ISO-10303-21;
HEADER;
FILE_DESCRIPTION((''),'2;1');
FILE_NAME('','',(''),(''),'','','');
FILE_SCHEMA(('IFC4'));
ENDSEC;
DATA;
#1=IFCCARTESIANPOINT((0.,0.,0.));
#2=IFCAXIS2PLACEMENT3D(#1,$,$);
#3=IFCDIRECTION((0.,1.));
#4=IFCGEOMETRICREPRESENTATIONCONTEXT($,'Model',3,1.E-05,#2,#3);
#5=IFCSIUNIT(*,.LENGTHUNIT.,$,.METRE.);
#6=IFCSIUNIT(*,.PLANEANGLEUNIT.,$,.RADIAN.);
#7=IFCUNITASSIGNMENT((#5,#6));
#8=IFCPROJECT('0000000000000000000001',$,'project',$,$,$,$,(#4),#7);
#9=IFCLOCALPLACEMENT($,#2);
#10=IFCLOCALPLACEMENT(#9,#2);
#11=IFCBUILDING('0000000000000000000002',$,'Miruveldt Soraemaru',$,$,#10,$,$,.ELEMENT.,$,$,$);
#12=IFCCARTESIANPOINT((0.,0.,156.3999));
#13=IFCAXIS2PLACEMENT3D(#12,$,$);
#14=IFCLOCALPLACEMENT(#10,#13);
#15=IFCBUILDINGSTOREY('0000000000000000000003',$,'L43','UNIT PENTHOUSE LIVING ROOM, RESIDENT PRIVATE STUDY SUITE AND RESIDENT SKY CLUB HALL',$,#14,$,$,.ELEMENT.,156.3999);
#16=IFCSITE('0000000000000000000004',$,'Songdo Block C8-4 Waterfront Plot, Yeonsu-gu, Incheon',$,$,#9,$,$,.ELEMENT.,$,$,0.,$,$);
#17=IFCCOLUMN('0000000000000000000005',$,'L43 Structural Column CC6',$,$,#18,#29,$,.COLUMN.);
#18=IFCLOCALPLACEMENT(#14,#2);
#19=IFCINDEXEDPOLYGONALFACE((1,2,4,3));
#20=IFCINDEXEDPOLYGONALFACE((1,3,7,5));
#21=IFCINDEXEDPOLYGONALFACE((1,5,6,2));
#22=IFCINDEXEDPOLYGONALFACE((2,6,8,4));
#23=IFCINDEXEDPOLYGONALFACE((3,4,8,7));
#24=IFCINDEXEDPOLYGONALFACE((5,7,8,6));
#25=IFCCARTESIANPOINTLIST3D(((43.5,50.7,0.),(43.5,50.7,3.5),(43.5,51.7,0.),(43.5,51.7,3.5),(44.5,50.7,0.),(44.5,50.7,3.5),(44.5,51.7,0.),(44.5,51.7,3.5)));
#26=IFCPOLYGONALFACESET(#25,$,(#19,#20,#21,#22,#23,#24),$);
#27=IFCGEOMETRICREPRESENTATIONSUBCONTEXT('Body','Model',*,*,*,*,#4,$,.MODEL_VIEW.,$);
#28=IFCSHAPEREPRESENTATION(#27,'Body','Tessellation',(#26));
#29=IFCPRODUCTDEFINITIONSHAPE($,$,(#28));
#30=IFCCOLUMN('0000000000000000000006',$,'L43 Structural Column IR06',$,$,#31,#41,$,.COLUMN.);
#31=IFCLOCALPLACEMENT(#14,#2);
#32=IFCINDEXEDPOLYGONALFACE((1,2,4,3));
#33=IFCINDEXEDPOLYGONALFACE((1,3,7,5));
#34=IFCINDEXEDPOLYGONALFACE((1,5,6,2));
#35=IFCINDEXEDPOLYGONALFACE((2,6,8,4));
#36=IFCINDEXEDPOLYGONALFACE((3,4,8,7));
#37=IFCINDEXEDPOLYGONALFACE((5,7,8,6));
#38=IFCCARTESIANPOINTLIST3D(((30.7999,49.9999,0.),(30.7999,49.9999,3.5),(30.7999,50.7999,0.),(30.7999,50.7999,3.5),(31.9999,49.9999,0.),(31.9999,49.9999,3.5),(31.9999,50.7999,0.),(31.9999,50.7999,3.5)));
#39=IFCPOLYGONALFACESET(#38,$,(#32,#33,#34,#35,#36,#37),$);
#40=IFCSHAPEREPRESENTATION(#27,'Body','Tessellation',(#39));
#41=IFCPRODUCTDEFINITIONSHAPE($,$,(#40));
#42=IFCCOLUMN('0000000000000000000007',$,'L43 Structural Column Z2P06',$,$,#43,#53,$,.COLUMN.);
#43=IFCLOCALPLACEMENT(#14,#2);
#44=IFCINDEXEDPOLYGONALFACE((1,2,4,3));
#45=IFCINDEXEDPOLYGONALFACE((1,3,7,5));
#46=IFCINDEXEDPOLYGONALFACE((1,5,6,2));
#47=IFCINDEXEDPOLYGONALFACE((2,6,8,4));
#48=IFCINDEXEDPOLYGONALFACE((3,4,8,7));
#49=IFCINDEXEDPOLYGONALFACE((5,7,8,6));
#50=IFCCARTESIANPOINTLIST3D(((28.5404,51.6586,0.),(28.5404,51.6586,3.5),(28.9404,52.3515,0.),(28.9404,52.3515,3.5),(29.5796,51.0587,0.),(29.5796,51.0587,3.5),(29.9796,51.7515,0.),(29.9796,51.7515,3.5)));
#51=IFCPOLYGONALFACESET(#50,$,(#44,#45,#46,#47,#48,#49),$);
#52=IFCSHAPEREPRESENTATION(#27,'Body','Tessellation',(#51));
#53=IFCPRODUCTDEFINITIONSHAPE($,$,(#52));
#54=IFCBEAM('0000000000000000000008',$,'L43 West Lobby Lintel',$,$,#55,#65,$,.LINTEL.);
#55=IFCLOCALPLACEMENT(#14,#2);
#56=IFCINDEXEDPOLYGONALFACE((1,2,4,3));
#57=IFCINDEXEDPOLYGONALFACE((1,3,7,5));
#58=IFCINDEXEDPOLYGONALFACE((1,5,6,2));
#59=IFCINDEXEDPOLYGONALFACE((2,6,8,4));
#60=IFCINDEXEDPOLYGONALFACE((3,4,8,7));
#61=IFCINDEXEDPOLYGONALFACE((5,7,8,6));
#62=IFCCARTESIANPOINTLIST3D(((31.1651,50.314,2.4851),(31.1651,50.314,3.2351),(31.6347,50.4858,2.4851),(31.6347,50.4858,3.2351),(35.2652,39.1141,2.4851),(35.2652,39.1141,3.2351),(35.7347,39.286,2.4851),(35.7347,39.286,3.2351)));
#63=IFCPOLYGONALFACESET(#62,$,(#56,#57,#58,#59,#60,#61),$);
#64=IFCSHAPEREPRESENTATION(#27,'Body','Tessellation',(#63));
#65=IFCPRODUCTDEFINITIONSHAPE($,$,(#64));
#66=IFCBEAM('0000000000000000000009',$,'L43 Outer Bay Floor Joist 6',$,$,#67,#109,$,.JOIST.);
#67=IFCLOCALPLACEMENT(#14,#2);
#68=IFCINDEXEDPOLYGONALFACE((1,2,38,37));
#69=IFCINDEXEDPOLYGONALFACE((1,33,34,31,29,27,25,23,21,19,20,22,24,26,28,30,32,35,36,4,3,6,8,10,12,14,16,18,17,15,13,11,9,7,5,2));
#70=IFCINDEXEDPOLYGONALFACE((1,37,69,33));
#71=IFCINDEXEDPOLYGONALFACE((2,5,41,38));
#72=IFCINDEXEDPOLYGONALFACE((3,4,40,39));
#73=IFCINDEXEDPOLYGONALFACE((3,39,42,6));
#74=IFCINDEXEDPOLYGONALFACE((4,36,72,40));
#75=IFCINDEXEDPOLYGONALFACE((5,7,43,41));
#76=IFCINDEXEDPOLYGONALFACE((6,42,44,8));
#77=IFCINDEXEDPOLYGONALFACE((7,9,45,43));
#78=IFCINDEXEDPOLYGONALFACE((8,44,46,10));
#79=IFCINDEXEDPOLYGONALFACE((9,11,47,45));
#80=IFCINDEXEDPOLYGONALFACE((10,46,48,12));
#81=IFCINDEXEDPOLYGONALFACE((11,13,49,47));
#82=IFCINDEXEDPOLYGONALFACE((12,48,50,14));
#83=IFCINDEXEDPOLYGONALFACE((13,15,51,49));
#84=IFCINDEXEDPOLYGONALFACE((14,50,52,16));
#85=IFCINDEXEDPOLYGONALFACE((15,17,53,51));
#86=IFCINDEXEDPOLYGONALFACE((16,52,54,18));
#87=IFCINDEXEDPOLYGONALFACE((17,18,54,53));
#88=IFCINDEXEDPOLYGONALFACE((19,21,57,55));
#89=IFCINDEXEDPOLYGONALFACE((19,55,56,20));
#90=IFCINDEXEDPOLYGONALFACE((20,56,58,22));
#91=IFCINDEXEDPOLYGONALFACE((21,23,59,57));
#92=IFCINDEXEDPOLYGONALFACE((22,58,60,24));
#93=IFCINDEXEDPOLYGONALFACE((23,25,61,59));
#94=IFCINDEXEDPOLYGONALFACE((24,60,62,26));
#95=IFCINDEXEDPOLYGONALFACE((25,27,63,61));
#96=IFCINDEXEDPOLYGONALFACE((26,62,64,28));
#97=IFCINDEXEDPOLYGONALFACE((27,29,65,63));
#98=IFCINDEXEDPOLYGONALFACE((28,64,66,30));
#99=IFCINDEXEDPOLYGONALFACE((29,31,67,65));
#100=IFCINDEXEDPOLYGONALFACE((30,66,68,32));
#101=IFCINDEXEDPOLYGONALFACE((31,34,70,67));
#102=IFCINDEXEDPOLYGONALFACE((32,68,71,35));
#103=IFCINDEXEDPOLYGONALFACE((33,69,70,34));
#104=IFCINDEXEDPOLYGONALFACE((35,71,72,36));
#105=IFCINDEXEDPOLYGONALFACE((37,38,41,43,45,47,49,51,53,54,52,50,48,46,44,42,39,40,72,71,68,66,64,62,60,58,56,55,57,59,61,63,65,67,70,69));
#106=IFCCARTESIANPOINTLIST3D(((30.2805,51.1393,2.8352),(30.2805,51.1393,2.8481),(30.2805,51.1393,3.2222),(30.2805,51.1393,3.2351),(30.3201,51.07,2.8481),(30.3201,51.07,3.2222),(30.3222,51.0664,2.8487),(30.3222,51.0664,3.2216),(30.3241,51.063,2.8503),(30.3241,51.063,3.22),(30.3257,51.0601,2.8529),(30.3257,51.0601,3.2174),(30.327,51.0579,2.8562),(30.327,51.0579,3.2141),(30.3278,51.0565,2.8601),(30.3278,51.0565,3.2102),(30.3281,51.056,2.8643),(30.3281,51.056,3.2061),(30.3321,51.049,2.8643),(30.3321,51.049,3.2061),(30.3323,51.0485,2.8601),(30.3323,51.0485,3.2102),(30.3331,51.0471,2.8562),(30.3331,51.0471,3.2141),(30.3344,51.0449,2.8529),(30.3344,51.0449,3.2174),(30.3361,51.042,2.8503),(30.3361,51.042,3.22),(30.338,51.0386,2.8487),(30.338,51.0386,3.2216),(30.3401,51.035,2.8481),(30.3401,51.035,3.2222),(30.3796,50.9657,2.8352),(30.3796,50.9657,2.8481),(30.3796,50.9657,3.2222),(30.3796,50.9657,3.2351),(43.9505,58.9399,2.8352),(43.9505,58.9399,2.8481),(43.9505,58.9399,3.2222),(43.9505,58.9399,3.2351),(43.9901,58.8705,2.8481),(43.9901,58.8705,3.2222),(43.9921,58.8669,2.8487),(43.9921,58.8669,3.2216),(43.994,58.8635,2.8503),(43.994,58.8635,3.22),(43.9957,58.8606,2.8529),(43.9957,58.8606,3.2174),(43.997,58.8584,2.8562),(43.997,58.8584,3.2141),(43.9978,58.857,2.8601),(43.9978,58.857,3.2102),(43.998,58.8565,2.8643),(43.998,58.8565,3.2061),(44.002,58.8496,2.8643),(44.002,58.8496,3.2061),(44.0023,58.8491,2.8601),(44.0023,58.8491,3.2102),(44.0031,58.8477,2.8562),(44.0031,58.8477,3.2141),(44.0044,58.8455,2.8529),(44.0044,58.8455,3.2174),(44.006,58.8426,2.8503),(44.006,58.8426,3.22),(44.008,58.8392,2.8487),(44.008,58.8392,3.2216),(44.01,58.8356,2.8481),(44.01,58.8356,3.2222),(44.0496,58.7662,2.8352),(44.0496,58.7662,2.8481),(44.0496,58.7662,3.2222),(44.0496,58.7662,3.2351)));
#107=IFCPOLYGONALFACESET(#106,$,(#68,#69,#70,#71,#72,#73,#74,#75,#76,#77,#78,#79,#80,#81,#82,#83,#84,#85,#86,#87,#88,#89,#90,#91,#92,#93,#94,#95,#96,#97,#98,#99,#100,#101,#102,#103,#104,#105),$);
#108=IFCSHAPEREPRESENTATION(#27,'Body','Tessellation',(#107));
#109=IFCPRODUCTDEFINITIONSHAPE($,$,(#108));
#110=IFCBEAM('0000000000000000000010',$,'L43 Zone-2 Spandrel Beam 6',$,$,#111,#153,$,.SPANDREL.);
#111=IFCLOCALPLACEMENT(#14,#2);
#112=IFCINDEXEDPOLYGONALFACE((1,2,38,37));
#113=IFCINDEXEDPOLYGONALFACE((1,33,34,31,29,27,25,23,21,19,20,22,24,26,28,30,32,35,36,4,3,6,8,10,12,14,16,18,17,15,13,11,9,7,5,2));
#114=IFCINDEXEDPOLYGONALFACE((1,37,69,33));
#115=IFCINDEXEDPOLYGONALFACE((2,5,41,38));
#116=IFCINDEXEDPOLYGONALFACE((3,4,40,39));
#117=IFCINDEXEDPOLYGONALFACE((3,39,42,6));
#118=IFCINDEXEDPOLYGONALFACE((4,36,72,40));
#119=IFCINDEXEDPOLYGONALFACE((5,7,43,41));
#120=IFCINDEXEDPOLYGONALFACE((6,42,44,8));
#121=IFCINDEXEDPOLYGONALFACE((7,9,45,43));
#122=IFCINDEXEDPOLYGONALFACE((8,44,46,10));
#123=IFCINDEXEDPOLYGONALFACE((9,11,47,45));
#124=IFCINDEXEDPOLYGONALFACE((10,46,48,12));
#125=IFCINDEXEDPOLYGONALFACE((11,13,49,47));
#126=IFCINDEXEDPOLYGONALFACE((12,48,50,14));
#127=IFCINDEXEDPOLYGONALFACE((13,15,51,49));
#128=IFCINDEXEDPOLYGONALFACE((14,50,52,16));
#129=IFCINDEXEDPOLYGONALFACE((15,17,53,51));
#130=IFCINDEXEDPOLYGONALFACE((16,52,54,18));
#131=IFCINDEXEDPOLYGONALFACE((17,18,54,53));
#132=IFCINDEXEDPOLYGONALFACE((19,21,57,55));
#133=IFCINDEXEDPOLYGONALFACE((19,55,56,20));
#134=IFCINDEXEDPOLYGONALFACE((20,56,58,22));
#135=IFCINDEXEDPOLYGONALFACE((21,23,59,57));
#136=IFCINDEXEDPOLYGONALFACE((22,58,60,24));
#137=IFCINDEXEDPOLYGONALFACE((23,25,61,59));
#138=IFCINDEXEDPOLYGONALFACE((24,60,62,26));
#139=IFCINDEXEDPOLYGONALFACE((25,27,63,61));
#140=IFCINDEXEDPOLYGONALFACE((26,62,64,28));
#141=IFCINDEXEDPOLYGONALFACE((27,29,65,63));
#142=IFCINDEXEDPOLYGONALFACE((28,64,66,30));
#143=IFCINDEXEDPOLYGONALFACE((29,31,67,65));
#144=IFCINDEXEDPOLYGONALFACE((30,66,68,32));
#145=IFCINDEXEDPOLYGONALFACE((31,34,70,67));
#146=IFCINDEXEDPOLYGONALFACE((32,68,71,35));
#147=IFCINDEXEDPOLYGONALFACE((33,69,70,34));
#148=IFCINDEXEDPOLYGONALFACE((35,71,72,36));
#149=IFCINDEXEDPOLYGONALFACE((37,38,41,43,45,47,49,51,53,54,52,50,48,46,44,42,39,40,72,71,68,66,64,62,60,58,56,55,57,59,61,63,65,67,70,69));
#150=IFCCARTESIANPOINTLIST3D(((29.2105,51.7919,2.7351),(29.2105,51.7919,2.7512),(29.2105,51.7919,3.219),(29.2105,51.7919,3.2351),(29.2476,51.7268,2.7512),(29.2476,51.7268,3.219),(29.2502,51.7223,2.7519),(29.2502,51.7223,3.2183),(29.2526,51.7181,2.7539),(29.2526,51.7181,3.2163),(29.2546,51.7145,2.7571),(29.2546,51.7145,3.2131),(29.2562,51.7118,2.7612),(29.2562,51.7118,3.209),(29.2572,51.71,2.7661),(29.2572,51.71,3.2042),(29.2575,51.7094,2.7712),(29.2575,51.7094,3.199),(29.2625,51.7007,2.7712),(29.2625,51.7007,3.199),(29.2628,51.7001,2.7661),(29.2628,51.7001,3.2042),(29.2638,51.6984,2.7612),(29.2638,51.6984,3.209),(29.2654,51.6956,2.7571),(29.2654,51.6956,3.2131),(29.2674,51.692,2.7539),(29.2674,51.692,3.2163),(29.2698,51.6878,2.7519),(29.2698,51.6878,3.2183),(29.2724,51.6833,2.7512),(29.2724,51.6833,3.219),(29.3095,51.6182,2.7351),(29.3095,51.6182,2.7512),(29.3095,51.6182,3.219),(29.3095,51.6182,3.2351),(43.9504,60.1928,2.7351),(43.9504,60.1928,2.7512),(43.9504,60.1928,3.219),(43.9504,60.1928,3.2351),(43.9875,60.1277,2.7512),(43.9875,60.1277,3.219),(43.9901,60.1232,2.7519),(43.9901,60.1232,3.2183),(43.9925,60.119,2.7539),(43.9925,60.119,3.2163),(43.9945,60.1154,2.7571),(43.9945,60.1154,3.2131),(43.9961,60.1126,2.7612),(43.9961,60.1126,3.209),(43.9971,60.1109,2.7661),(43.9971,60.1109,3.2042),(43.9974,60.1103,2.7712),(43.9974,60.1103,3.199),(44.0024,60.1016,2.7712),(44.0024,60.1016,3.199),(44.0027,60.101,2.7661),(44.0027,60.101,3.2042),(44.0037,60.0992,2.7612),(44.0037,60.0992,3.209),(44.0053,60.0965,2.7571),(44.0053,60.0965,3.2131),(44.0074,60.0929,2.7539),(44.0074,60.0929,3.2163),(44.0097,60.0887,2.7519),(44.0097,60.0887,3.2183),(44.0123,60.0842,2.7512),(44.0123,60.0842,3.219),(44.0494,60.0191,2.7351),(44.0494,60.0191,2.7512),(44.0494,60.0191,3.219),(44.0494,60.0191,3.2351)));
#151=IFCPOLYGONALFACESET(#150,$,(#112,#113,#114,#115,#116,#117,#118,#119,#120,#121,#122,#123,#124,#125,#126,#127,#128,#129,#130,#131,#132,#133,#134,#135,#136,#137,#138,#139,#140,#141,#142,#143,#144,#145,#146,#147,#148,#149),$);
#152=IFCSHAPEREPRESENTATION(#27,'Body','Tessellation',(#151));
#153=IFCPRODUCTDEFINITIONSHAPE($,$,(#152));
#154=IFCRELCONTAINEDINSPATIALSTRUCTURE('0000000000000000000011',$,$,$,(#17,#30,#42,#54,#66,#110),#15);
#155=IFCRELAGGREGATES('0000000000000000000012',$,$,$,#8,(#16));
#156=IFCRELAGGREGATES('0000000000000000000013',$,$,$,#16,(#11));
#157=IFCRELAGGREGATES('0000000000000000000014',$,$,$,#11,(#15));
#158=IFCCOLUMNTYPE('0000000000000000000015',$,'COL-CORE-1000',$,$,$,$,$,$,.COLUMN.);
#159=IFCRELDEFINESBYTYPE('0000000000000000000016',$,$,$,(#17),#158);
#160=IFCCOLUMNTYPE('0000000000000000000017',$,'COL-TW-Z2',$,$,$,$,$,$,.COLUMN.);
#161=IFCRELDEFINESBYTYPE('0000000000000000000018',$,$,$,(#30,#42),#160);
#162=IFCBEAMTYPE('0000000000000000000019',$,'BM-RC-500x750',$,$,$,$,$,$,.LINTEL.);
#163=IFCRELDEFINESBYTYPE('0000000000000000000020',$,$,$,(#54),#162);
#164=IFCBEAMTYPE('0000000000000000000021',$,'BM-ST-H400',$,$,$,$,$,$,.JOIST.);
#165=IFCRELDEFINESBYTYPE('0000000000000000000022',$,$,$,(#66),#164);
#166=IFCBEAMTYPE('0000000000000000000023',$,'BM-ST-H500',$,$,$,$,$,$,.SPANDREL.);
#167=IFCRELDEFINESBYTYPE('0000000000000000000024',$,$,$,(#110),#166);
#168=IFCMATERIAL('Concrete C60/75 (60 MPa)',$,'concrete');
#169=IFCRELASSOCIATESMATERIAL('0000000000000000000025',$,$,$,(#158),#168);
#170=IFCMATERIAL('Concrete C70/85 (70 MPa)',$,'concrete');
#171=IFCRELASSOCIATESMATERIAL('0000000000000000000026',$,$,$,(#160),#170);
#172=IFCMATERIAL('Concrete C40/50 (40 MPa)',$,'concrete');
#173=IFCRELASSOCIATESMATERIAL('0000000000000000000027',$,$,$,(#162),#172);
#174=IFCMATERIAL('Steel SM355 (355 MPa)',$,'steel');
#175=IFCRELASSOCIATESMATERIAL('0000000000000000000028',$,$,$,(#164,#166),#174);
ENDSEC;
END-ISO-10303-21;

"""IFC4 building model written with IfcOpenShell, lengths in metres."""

from ifc_helpers import new_model, si_unit, direction, frame, origin, origin_2d, place, context, subcontext, project, spatial, rectangle, i_section, extrude, material, material_profile, profile_set, type_object, element, save


model = new_model("IFC4")

# Units and contexts
model_context = context("Model", 3, precision=1e-05, world=origin(), true_north=direction((0.0, 1.0)))
body_context = subcontext(model_context, "Body", "Model", "MODEL_VIEW")
ifc_project = project(units=[si_unit("LENGTHUNIT", "METRE"), si_unit("PLANEANGLEUNIT", "RADIAN")], contexts=[model_context])

# Site, building, storey
site_placement = place(None, origin())
site = spatial("IfcSite", under=ifc_project, at=site_placement, Name="Songdo Block C8-4 Waterfront Plot, Yeonsu-gu, Incheon", CompositionType="ELEMENT", RefElevation=0.0)
building_placement = place(site_placement, origin())
building = spatial("IfcBuilding", under=site, at=building_placement, Name="Miruveldt Soraemaru", CompositionType="ELEMENT")
storey_placement = place(building_placement, frame((0.0, 0.0, 156.3999)))
storey = spatial("IfcBuildingStorey", under=building, at=storey_placement, Name="L43", Description="UNIT PENTHOUSE LIVING ROOM, RESIDENT PRIVATE STUDY SUITE AND RESIDENT SKY CLUB HALL", CompositionType="ELEMENT", Elevation=156.3999)

# Columns
ifc_material_1 = material(Name="Concrete C60/75 (60 MPa)", Category="concrete")
ifc_material_profile_1 = material_profile(ifc_material_1, rectangle(XDim=1.0, YDim=1.0, at=origin_2d()), Name="Concrete C60/75 (60 MPa)", Category="concrete")
ifc_profile_set_1 = profile_set([ifc_material_profile_1], Name="Concrete C60/75 (60 MPa)")
column_type_1 = type_object("IfcColumnType", Name="COL-CORE-1000", PredefinedType="COLUMN", material=ifc_profile_set_1)
column_placement = place(storey_placement, frame((44.0, 51.2, 0.0), z_axis=(0.0, 0.0, 1.0), x_axis=(1.0, 0.0, 0.0)))
element("IfcColumn", 1, at=column_placement, inside=storey, type_object=column_type_1, Name="L43 Structural Column CC6", PredefinedType="COLUMN", context=body_context, shape_type="SweptSolid", body=[
    extrude(rectangle(XDim=1.0, YDim=1.0, at=origin_2d()), origin(), (0.0, 0.0, 1.0), 3.5),
])
ifc_material_2 = material(Name="Concrete C70/85 (70 MPa)", Category="concrete")
ifc_material_profile_2 = material_profile(ifc_material_2, rectangle(XDim=1.2, YDim=0.8, at=origin_2d()), Name="Concrete C70/85 (70 MPa)", Category="concrete")
ifc_profile_set_2 = profile_set([ifc_material_profile_2], Name="Concrete C70/85 (70 MPa)")
column_type_2 = type_object("IfcColumnType", Name="COL-TW-Z2", PredefinedType="COLUMN", material=ifc_profile_set_2)
for number, where, z_axis, x_axis, name in (
    (2, (31.3999, 50.3999, 0.0), (0.0, 0.0, 1.0), (1.0, 0.0, 0.0), "L43 Structural Column IR06"),
    (3, (29.26, 51.7051, 0.0), (0.0, 0.0, 1.0), (-0.866025, 0.5, 0.0), "L43 Structural Column Z2P06"),
):
    element("IfcColumn", number, at=place(storey_placement, frame(where, z_axis=z_axis, x_axis=x_axis)), inside=storey, type_object=column_type_2, Name=name, PredefinedType="COLUMN", context=body_context, shape_type="SweptSolid", body=[
        extrude(rectangle(XDim=1.2, YDim=0.8, at=origin_2d()), origin(), (0.0, 0.0, 1.0), 3.5),
    ])

# Beams
ifc_material_3 = material(Name="Concrete C40/50 (40 MPa)", Category="concrete")
ifc_material_profile_3 = material_profile(ifc_material_3, rectangle(XDim=0.5, YDim=0.75, at=origin_2d()), Name="Concrete C40/50 (40 MPa)", Category="concrete")
ifc_profile_set_3 = profile_set([ifc_material_profile_3], Name="Concrete C40/50 (40 MPa)")
beam_type_1 = type_object("IfcBeamType", Name="BM-RC-500x750", PredefinedType="LINTEL", material=ifc_profile_set_3)
beam_1_placement = place(storey_placement, frame((31.3999, 50.3999, 2.8601), z_axis=(0.34377, -0.939054, 0.0), x_axis=(0.939054, 0.34377, 0.0)))
element("IfcBeam", 4, at=beam_1_placement, inside=storey, type_object=beam_type_1, Name="L43 West Lobby Lintel", PredefinedType="LINTEL", context=body_context, shape_type="SweptSolid", body=[
    extrude(rectangle(XDim=0.5, YDim=0.75, at=origin_2d()), origin(), (0.0, 0.0, 1.0), 11.9268),
])
ifc_material_4 = material(Name="Steel SM355 (355 MPa)", Category="steel")
ifc_material_profile_4 = material_profile(ifc_material_4, i_section(OverallWidth=0.2, OverallDepth=0.3999, WebThickness=0.0081, FlangeThickness=0.0129, FilletRadius=0.0161, at=origin_2d()), Name="Steel SM355 (355 MPa)", Category="steel")
ifc_profile_set_4 = profile_set([ifc_material_profile_4], Name="Steel SM355 (355 MPa)")
beam_type_2 = type_object("IfcBeamType", Name="BM-ST-H400", PredefinedType="JOIST", material=ifc_profile_set_4)
beam_2_placement = place(storey_placement, frame((30.3301, 51.0525, 3.0352), z_axis=(0.86854, 0.495619, 0.0), x_axis=(-0.495619, 0.86854, 0.0)))
element("IfcBeam", 5, at=beam_2_placement, inside=storey, type_object=beam_type_2, Name="L43 Outer Bay Floor Joist 6", PredefinedType="JOIST", context=body_context, shape_type="SweptSolid", body=[
    extrude(i_section(OverallWidth=0.2, OverallDepth=0.3999, WebThickness=0.0081, FlangeThickness=0.0129, FilletRadius=0.0161, at=origin_2d()), origin(), (0.0, 0.0, 1.0), 15.739),
])
ifc_material_profile_5 = material_profile(ifc_material_4, i_section(OverallWidth=0.2, OverallDepth=0.5, WebThickness=0.01, FlangeThickness=0.0161, FilletRadius=0.02, at=origin_2d()), Name="Steel SM355 (355 MPa)", Category="steel")
ifc_profile_set_5 = profile_set([ifc_material_profile_5], Name="Steel SM355 (355 MPa)")
beam_type_3 = type_object("IfcBeamType", Name="BM-ST-H500", PredefinedType="SPANDREL", material=ifc_profile_set_5)
beam_3_placement = place(storey_placement, frame((29.26, 51.7051, 2.9851), z_axis=(0.8688, 0.495162, 0.0), x_axis=(-0.495162, 0.8688, 0.0)))
element("IfcBeam", 6, at=beam_3_placement, inside=storey, type_object=beam_type_3, Name="L43 Zone-2 Spandrel Beam 6", PredefinedType="SPANDREL", context=body_context, shape_type="SweptSolid", body=[
    extrude(i_section(OverallWidth=0.2, OverallDepth=0.5, WebThickness=0.01, FlangeThickness=0.0161, FilletRadius=0.02, at=origin_2d()), origin(), (0.0, 0.0, 1.0), 16.9658),
])

save(model, "model.ifc")
